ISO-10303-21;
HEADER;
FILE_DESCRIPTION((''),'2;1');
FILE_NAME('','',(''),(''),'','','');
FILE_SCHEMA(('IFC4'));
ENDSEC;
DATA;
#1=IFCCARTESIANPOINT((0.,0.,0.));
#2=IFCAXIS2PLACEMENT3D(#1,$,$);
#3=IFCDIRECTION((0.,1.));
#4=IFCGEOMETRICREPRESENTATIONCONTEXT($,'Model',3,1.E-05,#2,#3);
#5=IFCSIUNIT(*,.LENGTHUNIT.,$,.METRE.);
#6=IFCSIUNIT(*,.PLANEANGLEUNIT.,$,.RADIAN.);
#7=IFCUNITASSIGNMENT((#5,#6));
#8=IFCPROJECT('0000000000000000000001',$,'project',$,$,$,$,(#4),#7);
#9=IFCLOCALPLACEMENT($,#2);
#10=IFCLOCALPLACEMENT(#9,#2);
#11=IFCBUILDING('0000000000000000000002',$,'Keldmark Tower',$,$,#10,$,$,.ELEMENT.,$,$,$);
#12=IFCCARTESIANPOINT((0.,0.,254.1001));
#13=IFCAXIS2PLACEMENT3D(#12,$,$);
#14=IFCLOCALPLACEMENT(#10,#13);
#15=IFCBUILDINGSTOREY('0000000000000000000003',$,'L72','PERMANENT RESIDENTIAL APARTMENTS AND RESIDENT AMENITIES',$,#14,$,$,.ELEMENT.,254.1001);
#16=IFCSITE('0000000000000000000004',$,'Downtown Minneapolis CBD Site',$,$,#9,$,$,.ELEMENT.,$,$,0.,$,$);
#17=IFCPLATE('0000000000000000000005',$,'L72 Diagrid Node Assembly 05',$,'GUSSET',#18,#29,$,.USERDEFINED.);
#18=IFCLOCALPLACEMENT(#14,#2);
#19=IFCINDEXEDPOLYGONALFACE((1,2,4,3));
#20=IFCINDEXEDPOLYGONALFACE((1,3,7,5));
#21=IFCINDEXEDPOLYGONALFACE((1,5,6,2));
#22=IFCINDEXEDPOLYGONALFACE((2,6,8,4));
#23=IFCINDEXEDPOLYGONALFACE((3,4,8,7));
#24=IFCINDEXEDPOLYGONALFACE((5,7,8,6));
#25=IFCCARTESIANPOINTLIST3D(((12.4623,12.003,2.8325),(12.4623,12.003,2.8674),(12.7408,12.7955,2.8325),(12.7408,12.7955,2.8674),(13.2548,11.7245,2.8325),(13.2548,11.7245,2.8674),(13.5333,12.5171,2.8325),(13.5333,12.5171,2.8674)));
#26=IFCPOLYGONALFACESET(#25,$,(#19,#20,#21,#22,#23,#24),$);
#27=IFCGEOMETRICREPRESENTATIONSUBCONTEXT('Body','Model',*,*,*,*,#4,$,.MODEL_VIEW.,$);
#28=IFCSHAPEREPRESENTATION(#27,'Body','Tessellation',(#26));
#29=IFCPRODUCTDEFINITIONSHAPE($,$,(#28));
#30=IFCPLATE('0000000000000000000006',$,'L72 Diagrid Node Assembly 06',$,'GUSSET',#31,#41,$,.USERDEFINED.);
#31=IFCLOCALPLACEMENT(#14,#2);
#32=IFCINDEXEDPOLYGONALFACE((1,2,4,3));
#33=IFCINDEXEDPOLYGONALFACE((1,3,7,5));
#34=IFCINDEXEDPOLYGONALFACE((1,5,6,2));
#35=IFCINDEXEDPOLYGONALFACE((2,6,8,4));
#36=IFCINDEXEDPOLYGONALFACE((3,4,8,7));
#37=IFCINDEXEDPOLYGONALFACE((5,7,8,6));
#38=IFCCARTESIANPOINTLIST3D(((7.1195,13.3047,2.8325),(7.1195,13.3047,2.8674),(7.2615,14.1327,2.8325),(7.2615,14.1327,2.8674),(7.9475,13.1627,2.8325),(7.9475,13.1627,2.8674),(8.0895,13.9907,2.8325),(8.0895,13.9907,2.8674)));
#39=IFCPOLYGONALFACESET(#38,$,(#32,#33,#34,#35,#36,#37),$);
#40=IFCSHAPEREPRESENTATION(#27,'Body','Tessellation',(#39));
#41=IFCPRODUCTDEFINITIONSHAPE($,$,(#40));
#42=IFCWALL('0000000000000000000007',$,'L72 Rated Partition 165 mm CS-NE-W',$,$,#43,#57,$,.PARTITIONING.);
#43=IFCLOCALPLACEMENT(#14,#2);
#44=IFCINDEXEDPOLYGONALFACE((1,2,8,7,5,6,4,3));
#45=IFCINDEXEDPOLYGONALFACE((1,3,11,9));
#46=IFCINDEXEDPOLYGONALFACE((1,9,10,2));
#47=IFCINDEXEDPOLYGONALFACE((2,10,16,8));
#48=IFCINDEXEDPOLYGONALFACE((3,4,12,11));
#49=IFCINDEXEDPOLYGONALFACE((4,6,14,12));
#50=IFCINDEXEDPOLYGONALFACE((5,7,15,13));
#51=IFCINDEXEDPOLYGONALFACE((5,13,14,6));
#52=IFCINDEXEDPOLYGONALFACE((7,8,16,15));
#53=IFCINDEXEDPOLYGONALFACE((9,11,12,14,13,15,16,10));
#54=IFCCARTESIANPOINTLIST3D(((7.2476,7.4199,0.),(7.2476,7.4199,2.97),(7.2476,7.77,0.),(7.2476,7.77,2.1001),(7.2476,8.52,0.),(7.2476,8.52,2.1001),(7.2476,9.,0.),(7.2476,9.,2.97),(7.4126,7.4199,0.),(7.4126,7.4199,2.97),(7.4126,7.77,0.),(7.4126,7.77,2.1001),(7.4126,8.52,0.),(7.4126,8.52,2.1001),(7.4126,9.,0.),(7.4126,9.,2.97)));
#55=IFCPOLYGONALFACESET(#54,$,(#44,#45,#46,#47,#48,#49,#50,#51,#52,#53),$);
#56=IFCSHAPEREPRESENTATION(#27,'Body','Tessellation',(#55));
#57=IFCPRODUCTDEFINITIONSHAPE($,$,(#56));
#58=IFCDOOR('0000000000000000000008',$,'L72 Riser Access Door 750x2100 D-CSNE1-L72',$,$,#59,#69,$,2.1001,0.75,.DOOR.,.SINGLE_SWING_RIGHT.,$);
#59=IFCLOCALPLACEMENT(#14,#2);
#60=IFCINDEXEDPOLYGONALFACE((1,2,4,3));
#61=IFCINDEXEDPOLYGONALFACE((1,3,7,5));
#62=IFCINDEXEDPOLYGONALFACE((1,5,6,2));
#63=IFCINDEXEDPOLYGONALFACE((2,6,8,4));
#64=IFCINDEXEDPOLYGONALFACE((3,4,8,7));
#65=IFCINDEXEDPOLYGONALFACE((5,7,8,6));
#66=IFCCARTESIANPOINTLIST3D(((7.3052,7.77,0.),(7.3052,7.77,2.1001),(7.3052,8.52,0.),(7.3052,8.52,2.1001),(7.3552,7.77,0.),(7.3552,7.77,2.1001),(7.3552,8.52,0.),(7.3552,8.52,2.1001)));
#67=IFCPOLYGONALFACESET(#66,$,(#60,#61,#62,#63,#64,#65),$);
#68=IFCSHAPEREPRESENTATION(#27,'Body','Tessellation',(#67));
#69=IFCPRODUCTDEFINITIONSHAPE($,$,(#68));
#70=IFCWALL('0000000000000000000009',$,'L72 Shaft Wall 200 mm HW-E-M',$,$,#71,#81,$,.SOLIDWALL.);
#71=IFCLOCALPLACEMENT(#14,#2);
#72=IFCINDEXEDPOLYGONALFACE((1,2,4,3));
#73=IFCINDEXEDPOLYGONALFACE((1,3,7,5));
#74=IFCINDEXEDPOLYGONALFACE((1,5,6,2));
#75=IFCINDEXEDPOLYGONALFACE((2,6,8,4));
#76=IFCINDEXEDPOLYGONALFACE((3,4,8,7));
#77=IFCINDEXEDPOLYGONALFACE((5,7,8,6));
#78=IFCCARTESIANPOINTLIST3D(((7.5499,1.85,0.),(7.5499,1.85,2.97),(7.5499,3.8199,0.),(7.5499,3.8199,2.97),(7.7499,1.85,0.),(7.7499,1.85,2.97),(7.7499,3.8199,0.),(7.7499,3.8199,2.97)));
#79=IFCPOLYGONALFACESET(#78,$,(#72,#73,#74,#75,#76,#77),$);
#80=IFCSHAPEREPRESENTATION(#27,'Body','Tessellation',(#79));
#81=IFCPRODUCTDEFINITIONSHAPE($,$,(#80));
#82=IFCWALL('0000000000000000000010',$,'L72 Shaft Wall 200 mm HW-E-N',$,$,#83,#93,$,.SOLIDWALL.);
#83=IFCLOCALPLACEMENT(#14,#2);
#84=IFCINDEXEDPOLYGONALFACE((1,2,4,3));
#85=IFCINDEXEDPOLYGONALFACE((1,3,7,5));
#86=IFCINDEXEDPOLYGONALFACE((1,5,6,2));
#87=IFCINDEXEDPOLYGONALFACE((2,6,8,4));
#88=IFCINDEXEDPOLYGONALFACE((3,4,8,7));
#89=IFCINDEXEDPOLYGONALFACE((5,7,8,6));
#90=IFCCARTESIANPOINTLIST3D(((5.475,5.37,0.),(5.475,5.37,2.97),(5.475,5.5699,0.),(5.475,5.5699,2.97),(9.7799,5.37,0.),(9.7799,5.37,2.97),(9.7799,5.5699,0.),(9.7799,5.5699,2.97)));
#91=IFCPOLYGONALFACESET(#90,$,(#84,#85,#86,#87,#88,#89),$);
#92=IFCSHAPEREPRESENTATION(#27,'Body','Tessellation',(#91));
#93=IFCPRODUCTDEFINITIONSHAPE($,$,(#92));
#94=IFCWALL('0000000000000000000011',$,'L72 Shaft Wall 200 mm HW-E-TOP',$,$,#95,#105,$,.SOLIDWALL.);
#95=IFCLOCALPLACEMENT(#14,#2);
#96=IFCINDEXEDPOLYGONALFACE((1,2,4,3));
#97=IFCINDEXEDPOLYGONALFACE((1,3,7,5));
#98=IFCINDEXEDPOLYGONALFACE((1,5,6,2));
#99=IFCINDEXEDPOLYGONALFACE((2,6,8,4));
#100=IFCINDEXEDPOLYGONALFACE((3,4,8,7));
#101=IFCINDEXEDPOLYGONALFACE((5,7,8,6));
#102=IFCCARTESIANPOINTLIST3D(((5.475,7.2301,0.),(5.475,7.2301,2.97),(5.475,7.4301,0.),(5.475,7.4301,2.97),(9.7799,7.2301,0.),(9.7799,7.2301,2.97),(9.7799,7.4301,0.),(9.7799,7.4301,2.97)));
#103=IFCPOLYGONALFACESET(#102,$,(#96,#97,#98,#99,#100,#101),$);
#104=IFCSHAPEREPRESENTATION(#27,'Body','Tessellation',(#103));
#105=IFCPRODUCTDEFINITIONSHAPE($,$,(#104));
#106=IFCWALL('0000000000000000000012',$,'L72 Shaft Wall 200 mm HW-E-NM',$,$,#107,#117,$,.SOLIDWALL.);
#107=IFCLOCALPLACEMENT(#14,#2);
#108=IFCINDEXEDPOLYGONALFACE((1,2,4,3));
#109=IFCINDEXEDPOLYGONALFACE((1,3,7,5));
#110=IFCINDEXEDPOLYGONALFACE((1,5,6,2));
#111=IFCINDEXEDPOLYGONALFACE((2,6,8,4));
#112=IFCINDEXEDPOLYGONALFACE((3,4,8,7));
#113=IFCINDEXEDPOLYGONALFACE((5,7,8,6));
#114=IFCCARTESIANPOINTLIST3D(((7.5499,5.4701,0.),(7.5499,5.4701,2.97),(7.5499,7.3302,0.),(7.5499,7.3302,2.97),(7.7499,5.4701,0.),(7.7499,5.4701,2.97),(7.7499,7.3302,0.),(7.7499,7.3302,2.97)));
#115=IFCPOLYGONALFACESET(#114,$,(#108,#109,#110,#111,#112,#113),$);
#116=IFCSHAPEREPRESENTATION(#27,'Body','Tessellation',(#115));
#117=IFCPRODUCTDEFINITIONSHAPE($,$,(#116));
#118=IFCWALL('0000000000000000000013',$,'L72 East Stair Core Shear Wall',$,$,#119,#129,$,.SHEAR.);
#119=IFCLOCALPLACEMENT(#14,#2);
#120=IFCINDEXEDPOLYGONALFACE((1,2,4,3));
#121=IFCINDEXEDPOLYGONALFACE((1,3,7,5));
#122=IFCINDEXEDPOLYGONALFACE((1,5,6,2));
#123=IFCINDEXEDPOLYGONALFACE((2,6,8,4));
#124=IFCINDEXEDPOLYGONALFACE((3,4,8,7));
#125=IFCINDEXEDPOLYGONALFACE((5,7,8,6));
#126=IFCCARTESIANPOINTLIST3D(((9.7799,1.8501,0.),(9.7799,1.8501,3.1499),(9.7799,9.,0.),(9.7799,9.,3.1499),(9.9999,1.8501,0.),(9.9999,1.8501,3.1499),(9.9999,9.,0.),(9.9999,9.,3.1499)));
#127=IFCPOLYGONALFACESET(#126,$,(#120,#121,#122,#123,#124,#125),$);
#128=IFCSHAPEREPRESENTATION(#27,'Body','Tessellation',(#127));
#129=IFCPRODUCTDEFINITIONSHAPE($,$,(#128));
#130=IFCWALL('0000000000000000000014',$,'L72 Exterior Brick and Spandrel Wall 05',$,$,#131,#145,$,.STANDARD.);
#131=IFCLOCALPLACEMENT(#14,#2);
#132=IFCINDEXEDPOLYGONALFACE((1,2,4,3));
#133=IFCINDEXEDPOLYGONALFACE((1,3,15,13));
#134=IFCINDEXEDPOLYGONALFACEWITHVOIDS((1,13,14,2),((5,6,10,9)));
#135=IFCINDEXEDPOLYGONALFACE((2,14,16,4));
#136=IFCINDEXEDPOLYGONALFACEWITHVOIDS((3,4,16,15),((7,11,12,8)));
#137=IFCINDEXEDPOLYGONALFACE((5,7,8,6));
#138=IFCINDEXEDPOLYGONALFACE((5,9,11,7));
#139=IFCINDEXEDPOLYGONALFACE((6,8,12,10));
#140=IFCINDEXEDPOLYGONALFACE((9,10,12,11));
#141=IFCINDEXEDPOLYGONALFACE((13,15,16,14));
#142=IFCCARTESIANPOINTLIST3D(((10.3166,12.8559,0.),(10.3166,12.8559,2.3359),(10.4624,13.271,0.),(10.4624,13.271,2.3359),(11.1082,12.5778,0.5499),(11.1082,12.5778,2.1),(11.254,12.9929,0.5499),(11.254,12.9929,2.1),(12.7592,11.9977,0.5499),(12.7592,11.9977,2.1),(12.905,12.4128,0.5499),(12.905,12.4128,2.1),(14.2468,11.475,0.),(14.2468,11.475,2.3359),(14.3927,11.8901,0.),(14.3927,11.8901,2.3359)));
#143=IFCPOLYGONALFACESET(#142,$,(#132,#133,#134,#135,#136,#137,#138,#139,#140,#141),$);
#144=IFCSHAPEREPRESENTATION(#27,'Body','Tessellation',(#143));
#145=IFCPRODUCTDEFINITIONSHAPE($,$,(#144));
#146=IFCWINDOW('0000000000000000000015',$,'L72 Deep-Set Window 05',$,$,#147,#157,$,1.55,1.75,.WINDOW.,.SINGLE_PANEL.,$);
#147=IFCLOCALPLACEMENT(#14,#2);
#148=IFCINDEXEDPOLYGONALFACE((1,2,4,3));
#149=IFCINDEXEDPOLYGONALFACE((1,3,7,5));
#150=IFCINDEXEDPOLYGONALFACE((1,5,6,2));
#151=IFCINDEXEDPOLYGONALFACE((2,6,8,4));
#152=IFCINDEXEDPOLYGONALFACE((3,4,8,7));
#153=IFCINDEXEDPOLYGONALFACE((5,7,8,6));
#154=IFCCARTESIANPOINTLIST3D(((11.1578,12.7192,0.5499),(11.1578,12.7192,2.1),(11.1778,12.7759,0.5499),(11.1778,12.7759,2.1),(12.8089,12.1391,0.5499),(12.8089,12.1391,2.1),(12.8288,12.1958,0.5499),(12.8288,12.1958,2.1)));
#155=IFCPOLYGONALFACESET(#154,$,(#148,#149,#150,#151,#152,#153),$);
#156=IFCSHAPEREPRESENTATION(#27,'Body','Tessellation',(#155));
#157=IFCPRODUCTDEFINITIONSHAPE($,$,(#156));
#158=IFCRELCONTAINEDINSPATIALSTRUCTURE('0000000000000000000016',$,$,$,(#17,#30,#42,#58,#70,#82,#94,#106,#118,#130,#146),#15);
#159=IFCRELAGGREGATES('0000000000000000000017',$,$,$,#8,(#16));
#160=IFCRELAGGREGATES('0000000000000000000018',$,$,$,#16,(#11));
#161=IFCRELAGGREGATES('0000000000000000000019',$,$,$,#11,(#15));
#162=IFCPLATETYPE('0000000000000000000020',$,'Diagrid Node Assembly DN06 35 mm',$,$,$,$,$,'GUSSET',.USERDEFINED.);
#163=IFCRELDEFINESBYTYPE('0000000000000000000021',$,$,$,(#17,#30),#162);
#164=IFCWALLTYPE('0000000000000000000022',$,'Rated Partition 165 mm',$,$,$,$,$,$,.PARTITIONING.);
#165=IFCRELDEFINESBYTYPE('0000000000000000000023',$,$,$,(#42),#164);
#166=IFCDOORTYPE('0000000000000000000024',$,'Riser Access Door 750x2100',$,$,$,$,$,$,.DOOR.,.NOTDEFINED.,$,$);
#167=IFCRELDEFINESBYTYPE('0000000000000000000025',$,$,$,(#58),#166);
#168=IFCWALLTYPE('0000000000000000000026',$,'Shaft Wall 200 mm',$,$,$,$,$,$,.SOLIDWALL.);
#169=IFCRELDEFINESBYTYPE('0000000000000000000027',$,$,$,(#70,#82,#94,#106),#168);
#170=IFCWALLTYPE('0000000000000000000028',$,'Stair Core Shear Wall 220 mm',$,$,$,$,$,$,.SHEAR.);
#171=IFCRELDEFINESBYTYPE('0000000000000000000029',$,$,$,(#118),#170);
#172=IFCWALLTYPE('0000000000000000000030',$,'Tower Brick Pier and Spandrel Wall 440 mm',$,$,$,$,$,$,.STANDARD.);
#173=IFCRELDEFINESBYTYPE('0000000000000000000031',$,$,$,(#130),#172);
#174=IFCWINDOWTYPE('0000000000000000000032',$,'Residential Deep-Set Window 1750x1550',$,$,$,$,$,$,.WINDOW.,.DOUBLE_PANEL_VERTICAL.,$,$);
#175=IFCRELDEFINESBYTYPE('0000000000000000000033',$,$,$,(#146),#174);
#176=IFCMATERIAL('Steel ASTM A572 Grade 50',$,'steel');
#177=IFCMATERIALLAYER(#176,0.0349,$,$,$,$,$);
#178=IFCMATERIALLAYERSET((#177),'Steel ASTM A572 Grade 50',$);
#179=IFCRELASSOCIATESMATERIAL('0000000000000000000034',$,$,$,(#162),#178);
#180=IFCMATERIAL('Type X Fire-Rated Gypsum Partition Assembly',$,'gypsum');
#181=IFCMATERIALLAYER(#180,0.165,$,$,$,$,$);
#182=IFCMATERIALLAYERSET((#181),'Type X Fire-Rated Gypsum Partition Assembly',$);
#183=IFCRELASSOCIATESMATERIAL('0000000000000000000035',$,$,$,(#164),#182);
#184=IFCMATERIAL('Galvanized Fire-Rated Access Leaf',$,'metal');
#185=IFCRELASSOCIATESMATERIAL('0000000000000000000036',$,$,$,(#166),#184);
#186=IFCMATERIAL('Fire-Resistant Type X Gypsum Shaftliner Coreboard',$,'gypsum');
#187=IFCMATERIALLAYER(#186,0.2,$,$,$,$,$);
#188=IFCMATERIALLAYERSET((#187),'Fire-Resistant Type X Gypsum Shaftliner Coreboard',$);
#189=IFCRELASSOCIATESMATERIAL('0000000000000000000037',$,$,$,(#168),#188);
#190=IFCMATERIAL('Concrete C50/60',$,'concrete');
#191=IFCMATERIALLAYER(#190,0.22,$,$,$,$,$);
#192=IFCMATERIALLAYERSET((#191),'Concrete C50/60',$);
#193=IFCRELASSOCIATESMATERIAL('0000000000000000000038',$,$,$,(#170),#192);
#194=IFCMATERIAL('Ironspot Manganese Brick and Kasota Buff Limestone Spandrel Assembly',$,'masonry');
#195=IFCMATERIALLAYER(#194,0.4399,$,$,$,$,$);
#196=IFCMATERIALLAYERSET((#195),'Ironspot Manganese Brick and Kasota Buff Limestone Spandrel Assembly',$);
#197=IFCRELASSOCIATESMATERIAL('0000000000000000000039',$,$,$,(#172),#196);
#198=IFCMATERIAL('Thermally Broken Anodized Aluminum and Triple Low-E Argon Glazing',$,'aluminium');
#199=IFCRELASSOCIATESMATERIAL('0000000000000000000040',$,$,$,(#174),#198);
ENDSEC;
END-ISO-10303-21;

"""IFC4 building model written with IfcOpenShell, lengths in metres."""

from ifc_helpers import new_model, si_unit, direction, frame, frame_2d, origin, origin_2d, place, context, subcontext, project, spatial, rectangle, extrude, material, layer, layer_set, type_object, element, fill, save


model = new_model("IFC4")

# Units and contexts
model_context = context("Model", 3, precision=1e-05, world=origin(), true_north=direction((0.0, 1.0)))
body_context = subcontext(model_context, "Body", "Model", "MODEL_VIEW")
ifc_project = project(units=[si_unit("LENGTHUNIT", "METRE"), si_unit("PLANEANGLEUNIT", "RADIAN")], contexts=[model_context])

# Site, building, storey
site_placement = place(None, origin())
site = spatial("IfcSite", under=ifc_project, at=site_placement, Name="Downtown Minneapolis CBD Site", CompositionType="ELEMENT", RefElevation=0.0)
building_placement = place(site_placement, origin())
building = spatial("IfcBuilding", under=site, at=building_placement, Name="Keldmark Tower", CompositionType="ELEMENT")
storey_placement = place(building_placement, frame((0.0, 0.0, 254.1001)))
storey = spatial("IfcBuildingStorey", under=building, at=storey_placement, Name="L72", Description="PERMANENT RESIDENTIAL APARTMENTS AND RESIDENT AMENITIES", CompositionType="ELEMENT", Elevation=254.1001)

# Plates
ifc_material_1 = material(Name="Steel ASTM A572 Grade 50", Category="steel")
ifc_layer_1 = layer(ifc_material_1, 0.0349)
ifc_layer_set_1 = layer_set([ifc_layer_1], Name="Steel ASTM A572 Grade 50")
plate_type = type_object("IfcPlateType", Name="Diagrid Node Assembly DN06 35 mm", ElementType="GUSSET", PredefinedType="USERDEFINED", material=ifc_layer_set_1)
for number, where, z_axis, x_axis, name in (
    (1, (12.9978, 12.26, 2.8325), (0.0, 0.0, 1.0), (-0.943454, 0.331503, 0.0), "L72 Diagrid Node Assembly 05"),
    (2, (7.6045, 13.6477, 2.8325), (0.0, 0.0, 1.0), (-0.985615, 0.169005, 0.0), "L72 Diagrid Node Assembly 06"),
):
    element("IfcPlate", number, at=place(storey_placement, frame(where, z_axis=z_axis, x_axis=x_axis)), inside=storey, type_object=plate_type, Name=name, ObjectType="GUSSET", PredefinedType="USERDEFINED", context=body_context, shape_type="SweptSolid", body=[
        extrude(rectangle(XDim=0.8401, YDim=0.8401, at=origin_2d()), origin(), (0.0, 0.0, 1.0), 0.0349),
    ])

# Wall, opening, door
ifc_material_2 = material(Name="Type X Fire-Rated Gypsum Partition Assembly", Category="gypsum")
ifc_layer_2 = layer(ifc_material_2, 0.165)
ifc_layer_set_2 = layer_set([ifc_layer_2], Name="Type X Fire-Rated Gypsum Partition Assembly")
wall_type_1 = type_object("IfcWallType", Name="Rated Partition 165 mm", PredefinedType="PARTITIONING", material=ifc_layer_set_2)
wall_1_placement = place(storey_placement, frame((7.3301, 7.4199, 0.0), z_axis=(0.0, 0.0, 1.0), x_axis=(0.0, 1.0, 0.0)))
wall_1 = element("IfcWall", 3, at=wall_1_placement, inside=storey, type_object=wall_type_1, Name="L72 Rated Partition 165 mm CS-NE-W", PredefinedType="PARTITIONING", context=body_context, shape_type="SweptSolid", body=[
    extrude(rectangle(XDim=1.5801, YDim=0.165, at=frame_2d((0.79, 0.0))), origin(), (0.0, 0.0, 1.0), 2.97),
])
opening_1_placement = place(wall_1_placement, frame((0.3501, 0.0, 0.0)))
opening_1 = element("IfcOpeningElement", 4, at=opening_1_placement, cuts=wall_1, PredefinedType="OPENING", context=body_context, shape_type="SweptSolid", body=[
    extrude(rectangle(XDim=0.75, YDim=2.1001, at=frame_2d((0.375, 1.05))), frame((0.0, 0.0925, 0.0), z_axis=(0.0, -1.0, 0.0), x_axis=(1.0, 0.0, 0.0)), (0.0, 0.0, 1.0), 0.1851),
])
ifc_material_3 = material(Name="Galvanized Fire-Rated Access Leaf", Category="metal")
door_type = type_object("IfcDoorType", Name="Riser Access Door 750x2100", OperationType="NOTDEFINED", PredefinedType="DOOR", material=ifc_material_3)
door_placement = place(opening_1_placement, origin())
door = element("IfcDoor", 5, at=door_placement, inside=storey, type_object=door_type, Name="L72 Riser Access Door 750x2100 D-CSNE1-L72", OperationType="SINGLE_SWING_RIGHT", OverallHeight=2.1001, OverallWidth=0.75, PredefinedType="DOOR", context=body_context, shape_type="SweptSolid", body=[
    extrude(rectangle(XDim=0.75, YDim=2.1001, at=frame_2d((0.375, 1.05))), frame((0.0, 0.0249, 0.0), z_axis=(0.0, -1.0, 0.0), x_axis=(1.0, 0.0, 0.0)), (0.0, 0.0, 1.0), 0.05),
])
fill(opening_1, door)

# Walls
ifc_material_4 = material(Name="Fire-Resistant Type X Gypsum Shaftliner Coreboard", Category="gypsum")
ifc_layer_3 = layer(ifc_material_4, 0.2)
ifc_layer_set_3 = layer_set([ifc_layer_3], Name="Fire-Resistant Type X Gypsum Shaftliner Coreboard")
wall_type_2 = type_object("IfcWallType", Name="Shaft Wall 200 mm", PredefinedType="SOLIDWALL", material=ifc_layer_set_3)
wall_2_placement = place(storey_placement, frame((7.6499, 1.8501, 0.0), z_axis=(0.0, 0.0, 1.0), x_axis=(0.0, 1.0, 0.0)))
element("IfcWall", 6, at=wall_2_placement, inside=storey, type_object=wall_type_2, Name="L72 Shaft Wall 200 mm HW-E-M", PredefinedType="SOLIDWALL", context=body_context, shape_type="SweptSolid", body=[
    extrude(rectangle(XDim=1.97, YDim=0.2, at=frame_2d((0.9849, 0.0))), origin(), (0.0, 0.0, 1.0), 2.97),
])
for number, where, z_axis, x_axis, name in (
    (7, (5.4751, 5.47, 0.0), (0.0, 0.0, 1.0), (1.0, 0.0, 0.0), "L72 Shaft Wall 200 mm HW-E-N"),
    (8, (5.4751, 7.3301, 0.0), (0.0, 0.0, 1.0), (1.0, 0.0, 0.0), "L72 Shaft Wall 200 mm HW-E-TOP"),
):
    element("IfcWall", number, at=place(storey_placement, frame(where, z_axis=z_axis, x_axis=x_axis)), inside=storey, type_object=wall_type_2, Name=name, PredefinedType="SOLIDWALL", context=body_context, shape_type="SweptSolid", body=[
        extrude(rectangle(XDim=4.3049, YDim=0.2, at=frame_2d((2.1523, 0.0))), origin(), (0.0, 0.0, 1.0), 2.97),
    ])
wall_3_placement = place(storey_placement, frame((7.6499, 5.47, 0.0), z_axis=(0.0, 0.0, 1.0), x_axis=(0.0, 1.0, 0.0)))
element("IfcWall", 9, at=wall_3_placement, inside=storey, type_object=wall_type_2, Name="L72 Shaft Wall 200 mm HW-E-NM", PredefinedType="SOLIDWALL", context=body_context, shape_type="SweptSolid", body=[
    extrude(rectangle(XDim=1.8601, YDim=0.2, at=frame_2d((0.9302, 0.0))), origin(), (0.0, 0.0, 1.0), 2.97),
])
ifc_material_5 = material(Name="Concrete C50/60", Category="concrete")
ifc_layer_4 = layer(ifc_material_5, 0.22)
ifc_layer_set_4 = layer_set([ifc_layer_4], Name="Concrete C50/60")
wall_type_3 = type_object("IfcWallType", Name="Stair Core Shear Wall 220 mm", PredefinedType="SHEAR", material=ifc_layer_set_4)
wall_4_placement = place(storey_placement, frame((9.8899, 1.8501, 0.0), z_axis=(0.0, 0.0, 1.0), x_axis=(0.0, 1.0, 0.0)))
element("IfcWall", 10, at=wall_4_placement, inside=storey, type_object=wall_type_3, Name="L72 East Stair Core Shear Wall", PredefinedType="SHEAR", context=body_context, shape_type="SweptSolid", body=[
    extrude(rectangle(XDim=7.1499, YDim=0.22, at=frame_2d((3.575, 0.0))), origin(), (0.0, 0.0, 1.0), 3.1499),
])

# Wall, opening, window
ifc_material_6 = material(Name="Ironspot Manganese Brick and Kasota Buff Limestone Spandrel Assembly", Category="masonry")
ifc_layer_5 = layer(ifc_material_6, 0.4399)
ifc_layer_set_5 = layer_set([ifc_layer_5], Name="Ironspot Manganese Brick and Kasota Buff Limestone Spandrel Assembly")
wall_type_4 = type_object("IfcWallType", Name="Tower Brick Pier and Spandrel Wall 440 mm", PredefinedType="STANDARD", material=ifc_layer_set_5)
wall_5_placement = place(storey_placement, frame((10.3894, 13.0635, 0.0), z_axis=(0.0, 0.0, 1.0), x_axis=(0.943461, -0.331483, 0.0)))
wall_5 = element("IfcWall", 11, at=wall_5_placement, inside=storey, type_object=wall_type_4, Name="L72 Exterior Brick and Spandrel Wall 05", PredefinedType="STANDARD", context=body_context, shape_type="SweptSolid", body=[
    extrude(rectangle(XDim=4.1658, YDim=0.4399, at=frame_2d((2.083, 0.0))), origin(), (0.0, 0.0, 1.0), 2.3359),
])
opening_2_placement = place(wall_5_placement, frame((0.8391, 0.0, 0.55)))
opening_2 = element("IfcOpeningElement", 12, at=opening_2_placement, cuts=wall_5, PredefinedType="OPENING", context=body_context, shape_type="SweptSolid", body=[
    extrude(rectangle(XDim=1.75, YDim=1.55, at=frame_2d((0.875, 0.7749))), frame((0.0, 0.23, 0.0), z_axis=(0.0, -1.0, 0.0), x_axis=(1.0, 0.0, 0.0)), (0.0, 0.0, 1.0), 0.46),
])
ifc_material_7 = material(Name="Thermally Broken Anodized Aluminum and Triple Low-E Argon Glazing", Category="aluminium")
window_type_1 = type_object("IfcWindowType", Name="Residential Deep-Set Window 1750x1550", PartitioningType="DOUBLE_PANEL_VERTICAL", PredefinedType="WINDOW", material=ifc_material_7)
window_1_placement = place(opening_2_placement, origin())
window_1 = element("IfcWindow", 13, at=window_1_placement, inside=storey, type_object=window_type_1, Name="L72 Deep-Set Window 05", OverallHeight=1.55, OverallWidth=1.75, PartitioningType="SINGLE_PANEL", PredefinedType="WINDOW", context=body_context, shape_type="SweptSolid", body=[
    extrude(rectangle(XDim=1.75, YDim=1.55, at=frame_2d((0.875, 0.7749))), frame((0.0, -0.01, 0.0), z_axis=(0.0, -1.0, 0.0), x_axis=(1.0, 0.0, 0.0)), (0.0, 0.0, 1.0), 0.0601),
])
fill(opening_2, window_1)

save(model, "model.ifc")
